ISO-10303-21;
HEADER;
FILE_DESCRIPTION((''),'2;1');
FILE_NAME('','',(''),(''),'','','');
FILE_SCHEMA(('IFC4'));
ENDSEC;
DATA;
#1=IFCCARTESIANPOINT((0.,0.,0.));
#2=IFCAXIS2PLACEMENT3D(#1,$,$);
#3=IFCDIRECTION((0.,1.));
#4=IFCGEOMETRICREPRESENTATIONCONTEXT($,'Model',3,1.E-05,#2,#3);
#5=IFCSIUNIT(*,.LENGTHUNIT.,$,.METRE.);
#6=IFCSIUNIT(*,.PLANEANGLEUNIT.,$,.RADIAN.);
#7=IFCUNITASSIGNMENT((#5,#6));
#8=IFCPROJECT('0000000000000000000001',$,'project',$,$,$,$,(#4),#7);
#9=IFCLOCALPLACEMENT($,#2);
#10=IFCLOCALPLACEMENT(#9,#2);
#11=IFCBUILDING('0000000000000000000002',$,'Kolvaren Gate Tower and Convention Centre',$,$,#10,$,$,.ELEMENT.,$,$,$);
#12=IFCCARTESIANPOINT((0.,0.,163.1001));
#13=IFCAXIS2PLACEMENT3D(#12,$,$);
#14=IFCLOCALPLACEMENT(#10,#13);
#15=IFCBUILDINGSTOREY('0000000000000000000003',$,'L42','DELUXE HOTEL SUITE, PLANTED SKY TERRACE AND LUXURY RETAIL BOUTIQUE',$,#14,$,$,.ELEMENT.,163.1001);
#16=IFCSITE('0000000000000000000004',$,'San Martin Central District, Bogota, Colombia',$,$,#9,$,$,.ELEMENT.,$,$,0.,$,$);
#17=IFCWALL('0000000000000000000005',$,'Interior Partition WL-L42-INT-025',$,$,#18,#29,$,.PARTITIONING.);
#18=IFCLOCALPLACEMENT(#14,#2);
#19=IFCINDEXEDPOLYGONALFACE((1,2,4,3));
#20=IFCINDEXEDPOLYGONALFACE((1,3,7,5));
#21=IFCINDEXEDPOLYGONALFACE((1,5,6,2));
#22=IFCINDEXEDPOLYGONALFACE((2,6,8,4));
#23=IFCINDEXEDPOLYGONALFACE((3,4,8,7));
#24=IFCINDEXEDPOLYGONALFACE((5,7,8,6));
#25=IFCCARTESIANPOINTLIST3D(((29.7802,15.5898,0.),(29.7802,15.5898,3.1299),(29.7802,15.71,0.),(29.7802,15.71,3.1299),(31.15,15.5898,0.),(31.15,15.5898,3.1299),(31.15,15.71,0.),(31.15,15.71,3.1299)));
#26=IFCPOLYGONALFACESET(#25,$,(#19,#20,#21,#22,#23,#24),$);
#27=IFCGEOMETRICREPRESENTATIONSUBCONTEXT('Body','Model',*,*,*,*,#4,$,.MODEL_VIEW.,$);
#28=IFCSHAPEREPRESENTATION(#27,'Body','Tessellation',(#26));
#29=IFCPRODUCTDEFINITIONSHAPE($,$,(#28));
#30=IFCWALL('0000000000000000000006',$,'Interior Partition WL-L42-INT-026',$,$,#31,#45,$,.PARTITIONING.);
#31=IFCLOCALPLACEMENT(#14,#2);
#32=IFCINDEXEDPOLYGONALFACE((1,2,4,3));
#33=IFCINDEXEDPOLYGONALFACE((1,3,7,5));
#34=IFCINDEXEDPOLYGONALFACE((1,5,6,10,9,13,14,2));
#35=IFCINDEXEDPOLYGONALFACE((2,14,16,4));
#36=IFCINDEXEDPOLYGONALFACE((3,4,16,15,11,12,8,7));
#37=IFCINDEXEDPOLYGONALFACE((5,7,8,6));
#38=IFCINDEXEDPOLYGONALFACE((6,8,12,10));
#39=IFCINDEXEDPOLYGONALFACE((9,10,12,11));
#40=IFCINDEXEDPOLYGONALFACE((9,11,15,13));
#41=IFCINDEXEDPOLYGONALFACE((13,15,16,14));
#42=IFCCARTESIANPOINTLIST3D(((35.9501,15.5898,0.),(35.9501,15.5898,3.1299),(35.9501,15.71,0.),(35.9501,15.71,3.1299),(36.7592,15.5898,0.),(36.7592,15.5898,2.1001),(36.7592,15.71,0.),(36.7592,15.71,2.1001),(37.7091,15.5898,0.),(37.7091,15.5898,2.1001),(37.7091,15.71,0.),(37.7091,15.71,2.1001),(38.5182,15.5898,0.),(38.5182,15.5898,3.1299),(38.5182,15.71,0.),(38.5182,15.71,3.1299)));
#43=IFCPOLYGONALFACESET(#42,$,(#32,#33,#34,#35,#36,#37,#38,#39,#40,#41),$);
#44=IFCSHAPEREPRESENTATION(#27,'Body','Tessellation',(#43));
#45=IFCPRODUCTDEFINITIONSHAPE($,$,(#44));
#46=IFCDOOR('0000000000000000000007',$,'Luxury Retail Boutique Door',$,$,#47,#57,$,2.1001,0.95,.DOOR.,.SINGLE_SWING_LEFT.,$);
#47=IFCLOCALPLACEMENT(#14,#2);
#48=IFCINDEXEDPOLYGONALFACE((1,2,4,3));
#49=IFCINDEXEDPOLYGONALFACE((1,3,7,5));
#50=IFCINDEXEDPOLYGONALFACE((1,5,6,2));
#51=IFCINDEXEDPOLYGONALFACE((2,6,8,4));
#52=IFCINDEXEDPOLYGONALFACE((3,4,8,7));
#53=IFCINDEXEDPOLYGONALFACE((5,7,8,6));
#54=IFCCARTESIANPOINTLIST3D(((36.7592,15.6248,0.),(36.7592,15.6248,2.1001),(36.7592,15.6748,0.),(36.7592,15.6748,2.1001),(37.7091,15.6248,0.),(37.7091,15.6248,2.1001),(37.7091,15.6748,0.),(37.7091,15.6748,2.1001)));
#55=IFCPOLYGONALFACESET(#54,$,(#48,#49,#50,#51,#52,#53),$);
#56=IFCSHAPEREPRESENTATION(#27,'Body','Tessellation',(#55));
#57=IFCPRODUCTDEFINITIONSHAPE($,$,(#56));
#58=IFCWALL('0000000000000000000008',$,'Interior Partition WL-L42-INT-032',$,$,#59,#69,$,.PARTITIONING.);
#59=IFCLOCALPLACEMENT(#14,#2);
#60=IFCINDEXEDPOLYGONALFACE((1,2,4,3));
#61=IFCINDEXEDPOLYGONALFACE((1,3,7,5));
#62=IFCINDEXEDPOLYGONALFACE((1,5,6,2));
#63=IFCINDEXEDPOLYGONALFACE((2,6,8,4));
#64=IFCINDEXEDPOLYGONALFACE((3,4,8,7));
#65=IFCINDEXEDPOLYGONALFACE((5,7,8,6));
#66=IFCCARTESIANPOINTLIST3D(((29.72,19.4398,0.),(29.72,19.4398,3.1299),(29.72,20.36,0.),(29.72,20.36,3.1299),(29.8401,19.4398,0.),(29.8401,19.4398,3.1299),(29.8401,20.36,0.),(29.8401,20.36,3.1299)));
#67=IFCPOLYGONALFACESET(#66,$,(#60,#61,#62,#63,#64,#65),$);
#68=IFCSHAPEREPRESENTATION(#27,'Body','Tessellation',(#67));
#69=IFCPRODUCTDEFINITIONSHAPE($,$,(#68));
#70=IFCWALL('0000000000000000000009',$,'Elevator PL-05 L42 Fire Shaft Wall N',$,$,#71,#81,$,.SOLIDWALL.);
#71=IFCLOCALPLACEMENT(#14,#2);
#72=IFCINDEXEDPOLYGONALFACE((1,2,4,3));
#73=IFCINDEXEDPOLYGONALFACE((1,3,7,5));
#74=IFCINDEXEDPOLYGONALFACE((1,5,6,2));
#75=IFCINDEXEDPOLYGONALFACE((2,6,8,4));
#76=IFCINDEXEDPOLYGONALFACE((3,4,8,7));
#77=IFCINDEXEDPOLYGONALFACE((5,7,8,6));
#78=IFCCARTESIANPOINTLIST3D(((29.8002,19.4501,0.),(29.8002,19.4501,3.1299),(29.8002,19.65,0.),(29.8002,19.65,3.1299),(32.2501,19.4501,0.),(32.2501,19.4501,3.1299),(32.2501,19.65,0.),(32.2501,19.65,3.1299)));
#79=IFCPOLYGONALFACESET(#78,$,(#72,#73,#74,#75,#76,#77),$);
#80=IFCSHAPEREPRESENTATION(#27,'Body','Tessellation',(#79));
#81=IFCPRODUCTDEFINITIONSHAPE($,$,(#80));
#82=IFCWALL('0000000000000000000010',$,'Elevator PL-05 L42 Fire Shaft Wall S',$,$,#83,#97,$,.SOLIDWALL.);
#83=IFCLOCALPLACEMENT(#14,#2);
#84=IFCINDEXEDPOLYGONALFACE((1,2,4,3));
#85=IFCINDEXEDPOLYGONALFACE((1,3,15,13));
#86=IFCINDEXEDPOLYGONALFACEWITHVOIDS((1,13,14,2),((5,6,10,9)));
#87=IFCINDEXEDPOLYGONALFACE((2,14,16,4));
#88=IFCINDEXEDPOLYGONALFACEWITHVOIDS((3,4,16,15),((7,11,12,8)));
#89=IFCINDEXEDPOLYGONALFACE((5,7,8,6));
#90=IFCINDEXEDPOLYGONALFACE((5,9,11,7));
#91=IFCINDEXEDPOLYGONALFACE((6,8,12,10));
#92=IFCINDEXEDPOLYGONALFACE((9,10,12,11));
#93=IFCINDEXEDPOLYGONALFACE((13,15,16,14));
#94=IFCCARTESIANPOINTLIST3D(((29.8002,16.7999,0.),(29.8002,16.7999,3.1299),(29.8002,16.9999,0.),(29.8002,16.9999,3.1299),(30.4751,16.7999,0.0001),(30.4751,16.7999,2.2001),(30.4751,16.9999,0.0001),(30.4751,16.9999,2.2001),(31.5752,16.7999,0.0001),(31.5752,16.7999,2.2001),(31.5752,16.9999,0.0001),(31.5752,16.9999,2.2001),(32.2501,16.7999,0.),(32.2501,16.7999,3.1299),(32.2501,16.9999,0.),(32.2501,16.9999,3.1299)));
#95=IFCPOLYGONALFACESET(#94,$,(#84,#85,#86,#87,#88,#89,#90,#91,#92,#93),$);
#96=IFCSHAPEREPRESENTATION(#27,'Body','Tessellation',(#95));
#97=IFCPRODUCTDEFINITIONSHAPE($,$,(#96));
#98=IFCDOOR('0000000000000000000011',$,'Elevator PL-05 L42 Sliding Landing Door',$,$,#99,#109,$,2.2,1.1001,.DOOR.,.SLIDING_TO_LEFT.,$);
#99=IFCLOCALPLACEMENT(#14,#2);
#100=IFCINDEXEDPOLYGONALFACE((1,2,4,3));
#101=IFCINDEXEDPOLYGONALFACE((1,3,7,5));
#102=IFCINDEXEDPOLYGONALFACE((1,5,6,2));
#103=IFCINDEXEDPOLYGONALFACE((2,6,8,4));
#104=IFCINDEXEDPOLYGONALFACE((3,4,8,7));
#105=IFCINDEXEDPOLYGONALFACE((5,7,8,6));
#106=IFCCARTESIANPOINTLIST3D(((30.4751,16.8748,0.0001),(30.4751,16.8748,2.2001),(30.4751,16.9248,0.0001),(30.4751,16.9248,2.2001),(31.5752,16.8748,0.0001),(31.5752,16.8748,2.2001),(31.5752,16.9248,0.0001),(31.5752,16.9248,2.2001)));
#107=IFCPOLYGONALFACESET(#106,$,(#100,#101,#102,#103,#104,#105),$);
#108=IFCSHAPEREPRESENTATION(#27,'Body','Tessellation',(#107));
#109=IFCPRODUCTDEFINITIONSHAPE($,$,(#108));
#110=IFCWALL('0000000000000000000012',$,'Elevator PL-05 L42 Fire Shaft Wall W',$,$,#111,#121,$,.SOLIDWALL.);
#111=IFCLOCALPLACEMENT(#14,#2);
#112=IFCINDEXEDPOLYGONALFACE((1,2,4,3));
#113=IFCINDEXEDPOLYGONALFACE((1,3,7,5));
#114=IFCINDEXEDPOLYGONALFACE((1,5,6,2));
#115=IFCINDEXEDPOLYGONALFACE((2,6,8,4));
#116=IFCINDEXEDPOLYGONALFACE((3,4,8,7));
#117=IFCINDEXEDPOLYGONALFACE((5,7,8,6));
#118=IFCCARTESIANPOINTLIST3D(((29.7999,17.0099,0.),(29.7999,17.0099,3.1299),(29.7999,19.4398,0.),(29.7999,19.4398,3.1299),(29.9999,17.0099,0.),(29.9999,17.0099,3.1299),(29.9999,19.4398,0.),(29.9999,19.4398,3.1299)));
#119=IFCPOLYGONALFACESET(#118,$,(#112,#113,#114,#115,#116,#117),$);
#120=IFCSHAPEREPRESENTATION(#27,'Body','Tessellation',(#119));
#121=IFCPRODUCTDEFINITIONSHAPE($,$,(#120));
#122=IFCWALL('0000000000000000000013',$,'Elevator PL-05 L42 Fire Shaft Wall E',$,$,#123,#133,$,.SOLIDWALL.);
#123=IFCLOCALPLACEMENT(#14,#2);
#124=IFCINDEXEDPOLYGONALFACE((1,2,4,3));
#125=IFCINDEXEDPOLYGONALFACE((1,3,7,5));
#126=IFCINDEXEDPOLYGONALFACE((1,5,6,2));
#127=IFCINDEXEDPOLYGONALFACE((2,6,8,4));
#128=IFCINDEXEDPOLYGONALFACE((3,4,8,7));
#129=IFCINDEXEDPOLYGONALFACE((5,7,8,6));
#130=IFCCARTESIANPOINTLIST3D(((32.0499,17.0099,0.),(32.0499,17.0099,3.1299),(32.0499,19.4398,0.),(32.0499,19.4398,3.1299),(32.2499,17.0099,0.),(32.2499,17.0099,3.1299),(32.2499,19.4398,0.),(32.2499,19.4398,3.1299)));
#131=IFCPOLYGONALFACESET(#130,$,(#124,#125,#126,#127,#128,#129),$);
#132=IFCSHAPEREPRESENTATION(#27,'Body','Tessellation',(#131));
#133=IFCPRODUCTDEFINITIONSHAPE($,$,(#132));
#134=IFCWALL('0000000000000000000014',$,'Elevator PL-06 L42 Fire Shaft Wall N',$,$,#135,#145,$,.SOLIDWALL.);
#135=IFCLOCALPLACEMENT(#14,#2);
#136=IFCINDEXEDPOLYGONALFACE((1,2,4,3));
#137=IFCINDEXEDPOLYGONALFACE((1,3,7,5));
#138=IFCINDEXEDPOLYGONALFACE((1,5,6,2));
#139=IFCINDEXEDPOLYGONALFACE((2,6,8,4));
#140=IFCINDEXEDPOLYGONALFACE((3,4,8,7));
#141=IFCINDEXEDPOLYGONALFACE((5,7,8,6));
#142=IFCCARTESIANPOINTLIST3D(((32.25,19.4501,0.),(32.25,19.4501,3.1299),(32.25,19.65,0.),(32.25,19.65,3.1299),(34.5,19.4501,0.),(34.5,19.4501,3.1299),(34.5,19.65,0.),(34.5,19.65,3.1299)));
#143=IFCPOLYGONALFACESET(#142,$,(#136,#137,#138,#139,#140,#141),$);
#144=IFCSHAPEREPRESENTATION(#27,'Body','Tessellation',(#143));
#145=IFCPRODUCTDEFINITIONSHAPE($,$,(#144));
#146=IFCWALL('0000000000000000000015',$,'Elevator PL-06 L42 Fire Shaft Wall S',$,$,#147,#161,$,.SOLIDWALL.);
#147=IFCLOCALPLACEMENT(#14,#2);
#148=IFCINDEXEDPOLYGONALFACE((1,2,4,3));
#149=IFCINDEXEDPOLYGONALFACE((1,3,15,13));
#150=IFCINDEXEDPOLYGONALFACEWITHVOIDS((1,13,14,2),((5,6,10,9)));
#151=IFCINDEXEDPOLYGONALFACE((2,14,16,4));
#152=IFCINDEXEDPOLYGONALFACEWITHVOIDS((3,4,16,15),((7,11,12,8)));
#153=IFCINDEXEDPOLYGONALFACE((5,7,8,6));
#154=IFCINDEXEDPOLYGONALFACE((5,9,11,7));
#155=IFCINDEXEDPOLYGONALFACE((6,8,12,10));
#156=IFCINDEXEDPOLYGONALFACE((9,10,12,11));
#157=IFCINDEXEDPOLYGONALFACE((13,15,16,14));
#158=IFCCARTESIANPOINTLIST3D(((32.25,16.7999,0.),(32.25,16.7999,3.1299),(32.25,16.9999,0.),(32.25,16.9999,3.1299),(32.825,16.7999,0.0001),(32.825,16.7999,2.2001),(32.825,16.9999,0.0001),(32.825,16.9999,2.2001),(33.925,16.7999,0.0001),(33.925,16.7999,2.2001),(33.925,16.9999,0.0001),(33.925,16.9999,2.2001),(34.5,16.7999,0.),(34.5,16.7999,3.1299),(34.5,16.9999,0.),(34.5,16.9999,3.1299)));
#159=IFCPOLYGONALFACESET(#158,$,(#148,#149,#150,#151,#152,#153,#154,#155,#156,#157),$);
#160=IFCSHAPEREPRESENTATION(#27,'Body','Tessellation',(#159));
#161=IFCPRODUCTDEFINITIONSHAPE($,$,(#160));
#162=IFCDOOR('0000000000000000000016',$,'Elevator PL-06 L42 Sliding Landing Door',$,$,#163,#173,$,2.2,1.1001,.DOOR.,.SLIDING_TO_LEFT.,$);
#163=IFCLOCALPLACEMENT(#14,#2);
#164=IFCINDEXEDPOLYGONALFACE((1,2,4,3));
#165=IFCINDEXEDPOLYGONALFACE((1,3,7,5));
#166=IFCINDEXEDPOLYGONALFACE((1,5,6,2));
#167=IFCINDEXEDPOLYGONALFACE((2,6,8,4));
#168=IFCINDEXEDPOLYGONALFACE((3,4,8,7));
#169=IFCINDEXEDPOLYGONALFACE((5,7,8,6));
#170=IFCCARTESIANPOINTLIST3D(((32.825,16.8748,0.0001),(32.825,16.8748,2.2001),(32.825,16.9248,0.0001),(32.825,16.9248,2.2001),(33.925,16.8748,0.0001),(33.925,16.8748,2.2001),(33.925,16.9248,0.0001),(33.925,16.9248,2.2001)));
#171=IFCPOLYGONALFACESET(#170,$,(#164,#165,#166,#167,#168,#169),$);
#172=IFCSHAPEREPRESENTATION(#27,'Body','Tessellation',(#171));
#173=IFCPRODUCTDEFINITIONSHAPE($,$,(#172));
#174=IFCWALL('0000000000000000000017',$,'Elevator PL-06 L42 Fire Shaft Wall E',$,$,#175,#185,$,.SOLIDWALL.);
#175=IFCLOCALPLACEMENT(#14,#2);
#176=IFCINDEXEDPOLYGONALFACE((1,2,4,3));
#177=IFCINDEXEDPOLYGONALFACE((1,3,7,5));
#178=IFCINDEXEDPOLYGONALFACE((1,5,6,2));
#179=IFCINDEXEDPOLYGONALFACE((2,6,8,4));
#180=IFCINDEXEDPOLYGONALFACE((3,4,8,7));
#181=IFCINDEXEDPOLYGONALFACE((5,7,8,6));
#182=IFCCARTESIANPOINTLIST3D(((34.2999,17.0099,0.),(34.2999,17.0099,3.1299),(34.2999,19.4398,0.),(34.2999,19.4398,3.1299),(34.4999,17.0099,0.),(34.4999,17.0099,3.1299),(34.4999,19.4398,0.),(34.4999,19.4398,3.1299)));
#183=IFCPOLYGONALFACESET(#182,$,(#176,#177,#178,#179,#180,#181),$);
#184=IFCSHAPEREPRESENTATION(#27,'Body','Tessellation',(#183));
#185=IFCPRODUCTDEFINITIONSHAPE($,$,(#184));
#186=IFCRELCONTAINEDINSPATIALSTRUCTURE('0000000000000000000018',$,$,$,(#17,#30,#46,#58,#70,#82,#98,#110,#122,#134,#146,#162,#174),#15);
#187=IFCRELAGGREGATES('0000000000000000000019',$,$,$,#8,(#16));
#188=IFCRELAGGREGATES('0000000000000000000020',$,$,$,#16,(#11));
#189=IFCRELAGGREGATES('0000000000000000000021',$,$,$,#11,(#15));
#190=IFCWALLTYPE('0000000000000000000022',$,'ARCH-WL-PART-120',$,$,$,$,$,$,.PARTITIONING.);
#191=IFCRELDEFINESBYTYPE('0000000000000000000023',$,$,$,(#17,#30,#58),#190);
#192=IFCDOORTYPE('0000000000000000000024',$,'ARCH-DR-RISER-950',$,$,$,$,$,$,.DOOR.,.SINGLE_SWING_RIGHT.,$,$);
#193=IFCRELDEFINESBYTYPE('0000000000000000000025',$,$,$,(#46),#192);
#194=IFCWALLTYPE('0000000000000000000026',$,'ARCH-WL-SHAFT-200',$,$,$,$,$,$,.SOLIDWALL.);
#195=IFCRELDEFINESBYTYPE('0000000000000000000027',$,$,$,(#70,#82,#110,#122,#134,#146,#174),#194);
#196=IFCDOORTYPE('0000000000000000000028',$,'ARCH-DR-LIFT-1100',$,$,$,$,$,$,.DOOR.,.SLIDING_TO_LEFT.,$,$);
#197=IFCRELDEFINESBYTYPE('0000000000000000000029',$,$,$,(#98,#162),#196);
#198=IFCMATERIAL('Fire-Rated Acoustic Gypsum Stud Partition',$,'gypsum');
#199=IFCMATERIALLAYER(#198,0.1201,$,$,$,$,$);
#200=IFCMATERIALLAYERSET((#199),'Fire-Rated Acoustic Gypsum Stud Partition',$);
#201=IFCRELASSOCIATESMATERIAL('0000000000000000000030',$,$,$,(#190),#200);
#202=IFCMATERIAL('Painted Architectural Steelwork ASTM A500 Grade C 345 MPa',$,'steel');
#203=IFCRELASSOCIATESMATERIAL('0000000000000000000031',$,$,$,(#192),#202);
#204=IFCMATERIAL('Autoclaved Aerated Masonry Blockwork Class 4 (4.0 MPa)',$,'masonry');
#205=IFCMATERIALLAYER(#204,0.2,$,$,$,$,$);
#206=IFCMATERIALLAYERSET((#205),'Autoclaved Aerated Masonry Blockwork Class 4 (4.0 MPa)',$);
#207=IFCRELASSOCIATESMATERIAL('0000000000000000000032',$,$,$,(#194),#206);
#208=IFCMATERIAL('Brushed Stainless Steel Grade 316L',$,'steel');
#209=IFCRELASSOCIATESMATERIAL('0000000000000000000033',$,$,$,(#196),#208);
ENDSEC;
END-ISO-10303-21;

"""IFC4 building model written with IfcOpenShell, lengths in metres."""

from ifc_helpers import new_model, si_unit, direction, frame, frame_2d, origin, place, context, subcontext, project, spatial, rectangle, extrude, material, layer, layer_set, type_object, element, fill, save


model = new_model("IFC4")

# Units and contexts
model_context = context("Model", 3, precision=1e-05, world=origin(), true_north=direction((0.0, 1.0)))
body_context = subcontext(model_context, "Body", "Model", "MODEL_VIEW")
ifc_project = project(units=[si_unit("LENGTHUNIT", "METRE"), si_unit("PLANEANGLEUNIT", "RADIAN")], contexts=[model_context])

# Site, building, storey
site_placement = place(None, origin())
site = spatial("IfcSite", under=ifc_project, at=site_placement, Name="San Martin Central District, Bogota, Colombia", CompositionType="ELEMENT", RefElevation=0.0)
building_placement = place(site_placement, origin())
building = spatial("IfcBuilding", under=site, at=building_placement, Name="Kolvaren Gate Tower and Convention Centre", CompositionType="ELEMENT")
storey_placement = place(building_placement, frame((0.0, 0.0, 163.1001)))
storey = spatial("IfcBuildingStorey", under=building, at=storey_placement, Name="L42", Description="DELUXE HOTEL SUITE, PLANTED SKY TERRACE AND LUXURY RETAIL BOUTIQUE", CompositionType="ELEMENT", Elevation=163.1001)

# Wall
ifc_material_1 = material(Name="Fire-Rated Acoustic Gypsum Stud Partition", Category="gypsum")
ifc_layer_1 = layer(ifc_material_1, 0.1201)
ifc_layer_set_1 = layer_set([ifc_layer_1], Name="Fire-Rated Acoustic Gypsum Stud Partition")
wall_type_1 = type_object("IfcWallType", Name="ARCH-WL-PART-120", PredefinedType="PARTITIONING", material=ifc_layer_set_1)
wall_1_placement = place(storey_placement, frame((29.78, 15.6499, 0.0), z_axis=(0.0, 0.0, 1.0), x_axis=(1.0, 0.0, 0.0)))
element("IfcWall", 1, at=wall_1_placement, inside=storey, type_object=wall_type_1, Name="Interior Partition WL-L42-INT-025", PredefinedType="PARTITIONING", context=body_context, shape_type="SweptSolid", body=[
    extrude(rectangle(XDim=1.3699, YDim=0.1201, at=frame_2d((0.6851, 0.0))), origin(), (0.0, 0.0, 1.0), 3.1299),
])

# Wall, opening, door
wall_2_placement = place(storey_placement, frame((35.95, 15.6499, 0.0), z_axis=(0.0, 0.0, 1.0), x_axis=(1.0, 0.0, 0.0)))
wall_2 = element("IfcWall", 2, at=wall_2_placement, inside=storey, type_object=wall_type_1, Name="Interior Partition WL-L42-INT-026", PredefinedType="PARTITIONING", context=body_context, shape_type="SweptSolid", body=[
    extrude(rectangle(XDim=2.5681, YDim=0.1201, at=frame_2d((1.2842, 0.0))), origin(), (0.0, 0.0, 1.0), 3.1299),
])
opening_1_placement = place(wall_2_placement, frame((0.8091, 0.0, 0.0)))
opening_1 = element("IfcOpeningElement", 3, at=opening_1_placement, cuts=wall_2, PredefinedType="OPENING", context=body_context, shape_type="SweptSolid", body=[
    extrude(rectangle(XDim=0.95, YDim=2.1001, at=frame_2d((0.4751, 1.05))), frame((0.0, 0.0701, 0.0), z_axis=(0.0, -1.0, 0.0), x_axis=(1.0, 0.0, 0.0)), (0.0, 0.0, 1.0), 0.1401),
])
ifc_material_2 = material(Name="Painted Architectural Steelwork ASTM A500 Grade C 345 MPa", Category="steel")
door_type_1 = type_object("IfcDoorType", Name="ARCH-DR-RISER-950", OperationType="SINGLE_SWING_RIGHT", PredefinedType="DOOR", material=ifc_material_2)
door_1_placement = place(opening_1_placement, origin())
door_1 = element("IfcDoor", 4, at=door_1_placement, inside=storey, type_object=door_type_1, Name="Luxury Retail Boutique Door", OperationType="SINGLE_SWING_LEFT", OverallHeight=2.1001, OverallWidth=0.95, PredefinedType="DOOR", context=body_context, shape_type="SweptSolid", body=[
    extrude(rectangle(XDim=0.95, YDim=2.1001, at=frame_2d((0.4751, 1.05))), frame((0.0, 0.0249, 0.0), z_axis=(0.0, -1.0, 0.0), x_axis=(1.0, 0.0, 0.0)), (0.0, 0.0, 1.0), 0.05),
])
fill(opening_1, door_1)

# Walls
wall_3_placement = place(storey_placement, frame((29.78, 19.4399, 0.0), z_axis=(0.0, 0.0, 1.0), x_axis=(0.0, 1.0, 0.0)))
element("IfcWall", 5, at=wall_3_placement, inside=storey, type_object=wall_type_1, Name="Interior Partition WL-L42-INT-032", PredefinedType="PARTITIONING", context=body_context, shape_type="SweptSolid", body=[
    extrude(rectangle(XDim=0.9202, YDim=0.1201, at=frame_2d((0.46, 0.0))), origin(), (0.0, 0.0, 1.0), 3.1299),
])
ifc_material_3 = material(Name="Autoclaved Aerated Masonry Blockwork Class 4 (4.0 MPa)", Category="masonry")
ifc_layer_2 = layer(ifc_material_3, 0.2)
ifc_layer_set_2 = layer_set([ifc_layer_2], Name="Autoclaved Aerated Masonry Blockwork Class 4 (4.0 MPa)")
wall_type_2 = type_object("IfcWallType", Name="ARCH-WL-SHAFT-200", PredefinedType="SOLIDWALL", material=ifc_layer_set_2)
wall_4_placement = place(storey_placement, frame((29.8, 19.55, 0.0), z_axis=(0.0, 0.0, 1.0), x_axis=(1.0, 0.0, 0.0)))
element("IfcWall", 6, at=wall_4_placement, inside=storey, type_object=wall_type_2, Name="Elevator PL-05 L42 Fire Shaft Wall N", PredefinedType="SOLIDWALL", context=body_context, shape_type="SweptSolid", body=[
    extrude(rectangle(XDim=2.45, YDim=0.2, at=frame_2d((1.2251, 0.0))), origin(), (0.0, 0.0, 1.0), 3.1299),
])

# Wall, opening, door
wall_5_placement = place(storey_placement, frame((29.8, 16.8999, 0.0), z_axis=(0.0, 0.0, 1.0), x_axis=(1.0, 0.0, 0.0)))
wall_5 = element("IfcWall", 7, at=wall_5_placement, inside=storey, type_object=wall_type_2, Name="Elevator PL-05 L42 Fire Shaft Wall S", PredefinedType="SOLIDWALL", context=body_context, shape_type="SweptSolid", body=[
    extrude(rectangle(XDim=2.45, YDim=0.2, at=frame_2d((1.2251, 0.0))), origin(), (0.0, 0.0, 1.0), 3.1299),
])
opening_2_placement = place(wall_5_placement, frame((0.675, 0.0, 0.0)))
opening_2 = element("IfcOpeningElement", 8, at=opening_2_placement, cuts=wall_5, PredefinedType="OPENING", context=body_context, shape_type="SweptSolid", body=[
    extrude(rectangle(XDim=1.1001, YDim=2.2, at=frame_2d((0.55, 1.1001))), frame((0.0, 0.1099, 0.0), z_axis=(0.0, -1.0, 0.0), x_axis=(1.0, 0.0, 0.0)), (0.0, 0.0, 1.0), 0.22),
])
ifc_material_4 = material(Name="Brushed Stainless Steel Grade 316L", Category="steel")
door_type_2 = type_object("IfcDoorType", Name="ARCH-DR-LIFT-1100", OperationType="SLIDING_TO_LEFT", PredefinedType="DOOR", material=ifc_material_4)
door_2_placement = place(opening_2_placement, origin())
door_2 = element("IfcDoor", 9, at=door_2_placement, inside=storey, type_object=door_type_2, Name="Elevator PL-05 L42 Sliding Landing Door", OperationType="SLIDING_TO_LEFT", OverallHeight=2.2, OverallWidth=1.1001, PredefinedType="DOOR", context=body_context, shape_type="SweptSolid", body=[
    extrude(rectangle(XDim=1.1001, YDim=2.2, at=frame_2d((0.55, 1.1001))), frame((0.0, 0.0249, 0.0), z_axis=(0.0, -1.0, 0.0), x_axis=(1.0, 0.0, 0.0)), (0.0, 0.0, 1.0), 0.05),
])
fill(opening_2, door_2)

# Walls
for number, where, z_axis, x_axis, name in (
    (10, (29.8999, 17.01, 0.0), (0.0, 0.0, 1.0), (0.0, 1.0, 0.0), "Elevator PL-05 L42 Fire Shaft Wall W"),
    (11, (32.1499, 17.01, 0.0), (0.0, 0.0, 1.0), (0.0, 1.0, 0.0), "Elevator PL-05 L42 Fire Shaft Wall E"),
):
    element("IfcWall", number, at=place(storey_placement, frame(where, z_axis=z_axis, x_axis=x_axis)), inside=storey, type_object=wall_type_2, Name=name, PredefinedType="SOLIDWALL", context=body_context, shape_type="SweptSolid", body=[
        extrude(rectangle(XDim=2.4299, YDim=0.2, at=frame_2d((1.2148, 0.0))), origin(), (0.0, 0.0, 1.0), 3.1299),
    ])
wall_6_placement = place(storey_placement, frame((32.25, 19.55, 0.0), z_axis=(0.0, 0.0, 1.0), x_axis=(1.0, 0.0, 0.0)))
element("IfcWall", 12, at=wall_6_placement, inside=storey, type_object=wall_type_2, Name="Elevator PL-06 L42 Fire Shaft Wall N", PredefinedType="SOLIDWALL", context=body_context, shape_type="SweptSolid", body=[
    extrude(rectangle(XDim=2.25, YDim=0.2, at=frame_2d((1.125, 0.0))), origin(), (0.0, 0.0, 1.0), 3.1299),
])

# Wall, opening, door
wall_7_placement = place(storey_placement, frame((32.25, 16.8999, 0.0), z_axis=(0.0, 0.0, 1.0), x_axis=(1.0, 0.0, 0.0)))
wall_7 = element("IfcWall", 13, at=wall_7_placement, inside=storey, type_object=wall_type_2, Name="Elevator PL-06 L42 Fire Shaft Wall S", PredefinedType="SOLIDWALL", context=body_context, shape_type="SweptSolid", body=[
    extrude(rectangle(XDim=2.25, YDim=0.2, at=frame_2d((1.125, 0.0))), origin(), (0.0, 0.0, 1.0), 3.1299),
])
opening_3_placement = place(wall_7_placement, frame((0.575, 0.0, 0.0)))
opening_3 = element("IfcOpeningElement", 14, at=opening_3_placement, cuts=wall_7, PredefinedType="OPENING", context=body_context, shape_type="SweptSolid", body=[
    extrude(rectangle(XDim=1.1001, YDim=2.2, at=frame_2d((0.55, 1.1001))), frame((0.0, 0.1099, 0.0), z_axis=(0.0, -1.0, 0.0), x_axis=(1.0, 0.0, 0.0)), (0.0, 0.0, 1.0), 0.22),
])
door_3_placement = place(opening_3_placement, origin())
door_3 = element("IfcDoor", 15, at=door_3_placement, inside=storey, type_object=door_type_2, Name="Elevator PL-06 L42 Sliding Landing Door", OperationType="SLIDING_TO_LEFT", OverallHeight=2.2, OverallWidth=1.1001, PredefinedType="DOOR", context=body_context, shape_type="SweptSolid", body=[
    extrude(rectangle(XDim=1.1001, YDim=2.2, at=frame_2d((0.55, 1.1001))), frame((0.0, 0.0249, 0.0), z_axis=(0.0, -1.0, 0.0), x_axis=(1.0, 0.0, 0.0)), (0.0, 0.0, 1.0), 0.05),
])
fill(opening_3, door_3)

# Wall
wall_8_placement = place(storey_placement, frame((34.3999, 17.01, 0.0), z_axis=(0.0, 0.0, 1.0), x_axis=(0.0, 1.0, 0.0)))
element("IfcWall", 16, at=wall_8_placement, inside=storey, type_object=wall_type_2, Name="Elevator PL-06 L42 Fire Shaft Wall E", PredefinedType="SOLIDWALL", context=body_context, shape_type="SweptSolid", body=[
    extrude(rectangle(XDim=2.4299, YDim=0.2, at=frame_2d((1.2148, 0.0))), origin(), (0.0, 0.0, 1.0), 3.1299),
])

save(model, "model.ifc")
